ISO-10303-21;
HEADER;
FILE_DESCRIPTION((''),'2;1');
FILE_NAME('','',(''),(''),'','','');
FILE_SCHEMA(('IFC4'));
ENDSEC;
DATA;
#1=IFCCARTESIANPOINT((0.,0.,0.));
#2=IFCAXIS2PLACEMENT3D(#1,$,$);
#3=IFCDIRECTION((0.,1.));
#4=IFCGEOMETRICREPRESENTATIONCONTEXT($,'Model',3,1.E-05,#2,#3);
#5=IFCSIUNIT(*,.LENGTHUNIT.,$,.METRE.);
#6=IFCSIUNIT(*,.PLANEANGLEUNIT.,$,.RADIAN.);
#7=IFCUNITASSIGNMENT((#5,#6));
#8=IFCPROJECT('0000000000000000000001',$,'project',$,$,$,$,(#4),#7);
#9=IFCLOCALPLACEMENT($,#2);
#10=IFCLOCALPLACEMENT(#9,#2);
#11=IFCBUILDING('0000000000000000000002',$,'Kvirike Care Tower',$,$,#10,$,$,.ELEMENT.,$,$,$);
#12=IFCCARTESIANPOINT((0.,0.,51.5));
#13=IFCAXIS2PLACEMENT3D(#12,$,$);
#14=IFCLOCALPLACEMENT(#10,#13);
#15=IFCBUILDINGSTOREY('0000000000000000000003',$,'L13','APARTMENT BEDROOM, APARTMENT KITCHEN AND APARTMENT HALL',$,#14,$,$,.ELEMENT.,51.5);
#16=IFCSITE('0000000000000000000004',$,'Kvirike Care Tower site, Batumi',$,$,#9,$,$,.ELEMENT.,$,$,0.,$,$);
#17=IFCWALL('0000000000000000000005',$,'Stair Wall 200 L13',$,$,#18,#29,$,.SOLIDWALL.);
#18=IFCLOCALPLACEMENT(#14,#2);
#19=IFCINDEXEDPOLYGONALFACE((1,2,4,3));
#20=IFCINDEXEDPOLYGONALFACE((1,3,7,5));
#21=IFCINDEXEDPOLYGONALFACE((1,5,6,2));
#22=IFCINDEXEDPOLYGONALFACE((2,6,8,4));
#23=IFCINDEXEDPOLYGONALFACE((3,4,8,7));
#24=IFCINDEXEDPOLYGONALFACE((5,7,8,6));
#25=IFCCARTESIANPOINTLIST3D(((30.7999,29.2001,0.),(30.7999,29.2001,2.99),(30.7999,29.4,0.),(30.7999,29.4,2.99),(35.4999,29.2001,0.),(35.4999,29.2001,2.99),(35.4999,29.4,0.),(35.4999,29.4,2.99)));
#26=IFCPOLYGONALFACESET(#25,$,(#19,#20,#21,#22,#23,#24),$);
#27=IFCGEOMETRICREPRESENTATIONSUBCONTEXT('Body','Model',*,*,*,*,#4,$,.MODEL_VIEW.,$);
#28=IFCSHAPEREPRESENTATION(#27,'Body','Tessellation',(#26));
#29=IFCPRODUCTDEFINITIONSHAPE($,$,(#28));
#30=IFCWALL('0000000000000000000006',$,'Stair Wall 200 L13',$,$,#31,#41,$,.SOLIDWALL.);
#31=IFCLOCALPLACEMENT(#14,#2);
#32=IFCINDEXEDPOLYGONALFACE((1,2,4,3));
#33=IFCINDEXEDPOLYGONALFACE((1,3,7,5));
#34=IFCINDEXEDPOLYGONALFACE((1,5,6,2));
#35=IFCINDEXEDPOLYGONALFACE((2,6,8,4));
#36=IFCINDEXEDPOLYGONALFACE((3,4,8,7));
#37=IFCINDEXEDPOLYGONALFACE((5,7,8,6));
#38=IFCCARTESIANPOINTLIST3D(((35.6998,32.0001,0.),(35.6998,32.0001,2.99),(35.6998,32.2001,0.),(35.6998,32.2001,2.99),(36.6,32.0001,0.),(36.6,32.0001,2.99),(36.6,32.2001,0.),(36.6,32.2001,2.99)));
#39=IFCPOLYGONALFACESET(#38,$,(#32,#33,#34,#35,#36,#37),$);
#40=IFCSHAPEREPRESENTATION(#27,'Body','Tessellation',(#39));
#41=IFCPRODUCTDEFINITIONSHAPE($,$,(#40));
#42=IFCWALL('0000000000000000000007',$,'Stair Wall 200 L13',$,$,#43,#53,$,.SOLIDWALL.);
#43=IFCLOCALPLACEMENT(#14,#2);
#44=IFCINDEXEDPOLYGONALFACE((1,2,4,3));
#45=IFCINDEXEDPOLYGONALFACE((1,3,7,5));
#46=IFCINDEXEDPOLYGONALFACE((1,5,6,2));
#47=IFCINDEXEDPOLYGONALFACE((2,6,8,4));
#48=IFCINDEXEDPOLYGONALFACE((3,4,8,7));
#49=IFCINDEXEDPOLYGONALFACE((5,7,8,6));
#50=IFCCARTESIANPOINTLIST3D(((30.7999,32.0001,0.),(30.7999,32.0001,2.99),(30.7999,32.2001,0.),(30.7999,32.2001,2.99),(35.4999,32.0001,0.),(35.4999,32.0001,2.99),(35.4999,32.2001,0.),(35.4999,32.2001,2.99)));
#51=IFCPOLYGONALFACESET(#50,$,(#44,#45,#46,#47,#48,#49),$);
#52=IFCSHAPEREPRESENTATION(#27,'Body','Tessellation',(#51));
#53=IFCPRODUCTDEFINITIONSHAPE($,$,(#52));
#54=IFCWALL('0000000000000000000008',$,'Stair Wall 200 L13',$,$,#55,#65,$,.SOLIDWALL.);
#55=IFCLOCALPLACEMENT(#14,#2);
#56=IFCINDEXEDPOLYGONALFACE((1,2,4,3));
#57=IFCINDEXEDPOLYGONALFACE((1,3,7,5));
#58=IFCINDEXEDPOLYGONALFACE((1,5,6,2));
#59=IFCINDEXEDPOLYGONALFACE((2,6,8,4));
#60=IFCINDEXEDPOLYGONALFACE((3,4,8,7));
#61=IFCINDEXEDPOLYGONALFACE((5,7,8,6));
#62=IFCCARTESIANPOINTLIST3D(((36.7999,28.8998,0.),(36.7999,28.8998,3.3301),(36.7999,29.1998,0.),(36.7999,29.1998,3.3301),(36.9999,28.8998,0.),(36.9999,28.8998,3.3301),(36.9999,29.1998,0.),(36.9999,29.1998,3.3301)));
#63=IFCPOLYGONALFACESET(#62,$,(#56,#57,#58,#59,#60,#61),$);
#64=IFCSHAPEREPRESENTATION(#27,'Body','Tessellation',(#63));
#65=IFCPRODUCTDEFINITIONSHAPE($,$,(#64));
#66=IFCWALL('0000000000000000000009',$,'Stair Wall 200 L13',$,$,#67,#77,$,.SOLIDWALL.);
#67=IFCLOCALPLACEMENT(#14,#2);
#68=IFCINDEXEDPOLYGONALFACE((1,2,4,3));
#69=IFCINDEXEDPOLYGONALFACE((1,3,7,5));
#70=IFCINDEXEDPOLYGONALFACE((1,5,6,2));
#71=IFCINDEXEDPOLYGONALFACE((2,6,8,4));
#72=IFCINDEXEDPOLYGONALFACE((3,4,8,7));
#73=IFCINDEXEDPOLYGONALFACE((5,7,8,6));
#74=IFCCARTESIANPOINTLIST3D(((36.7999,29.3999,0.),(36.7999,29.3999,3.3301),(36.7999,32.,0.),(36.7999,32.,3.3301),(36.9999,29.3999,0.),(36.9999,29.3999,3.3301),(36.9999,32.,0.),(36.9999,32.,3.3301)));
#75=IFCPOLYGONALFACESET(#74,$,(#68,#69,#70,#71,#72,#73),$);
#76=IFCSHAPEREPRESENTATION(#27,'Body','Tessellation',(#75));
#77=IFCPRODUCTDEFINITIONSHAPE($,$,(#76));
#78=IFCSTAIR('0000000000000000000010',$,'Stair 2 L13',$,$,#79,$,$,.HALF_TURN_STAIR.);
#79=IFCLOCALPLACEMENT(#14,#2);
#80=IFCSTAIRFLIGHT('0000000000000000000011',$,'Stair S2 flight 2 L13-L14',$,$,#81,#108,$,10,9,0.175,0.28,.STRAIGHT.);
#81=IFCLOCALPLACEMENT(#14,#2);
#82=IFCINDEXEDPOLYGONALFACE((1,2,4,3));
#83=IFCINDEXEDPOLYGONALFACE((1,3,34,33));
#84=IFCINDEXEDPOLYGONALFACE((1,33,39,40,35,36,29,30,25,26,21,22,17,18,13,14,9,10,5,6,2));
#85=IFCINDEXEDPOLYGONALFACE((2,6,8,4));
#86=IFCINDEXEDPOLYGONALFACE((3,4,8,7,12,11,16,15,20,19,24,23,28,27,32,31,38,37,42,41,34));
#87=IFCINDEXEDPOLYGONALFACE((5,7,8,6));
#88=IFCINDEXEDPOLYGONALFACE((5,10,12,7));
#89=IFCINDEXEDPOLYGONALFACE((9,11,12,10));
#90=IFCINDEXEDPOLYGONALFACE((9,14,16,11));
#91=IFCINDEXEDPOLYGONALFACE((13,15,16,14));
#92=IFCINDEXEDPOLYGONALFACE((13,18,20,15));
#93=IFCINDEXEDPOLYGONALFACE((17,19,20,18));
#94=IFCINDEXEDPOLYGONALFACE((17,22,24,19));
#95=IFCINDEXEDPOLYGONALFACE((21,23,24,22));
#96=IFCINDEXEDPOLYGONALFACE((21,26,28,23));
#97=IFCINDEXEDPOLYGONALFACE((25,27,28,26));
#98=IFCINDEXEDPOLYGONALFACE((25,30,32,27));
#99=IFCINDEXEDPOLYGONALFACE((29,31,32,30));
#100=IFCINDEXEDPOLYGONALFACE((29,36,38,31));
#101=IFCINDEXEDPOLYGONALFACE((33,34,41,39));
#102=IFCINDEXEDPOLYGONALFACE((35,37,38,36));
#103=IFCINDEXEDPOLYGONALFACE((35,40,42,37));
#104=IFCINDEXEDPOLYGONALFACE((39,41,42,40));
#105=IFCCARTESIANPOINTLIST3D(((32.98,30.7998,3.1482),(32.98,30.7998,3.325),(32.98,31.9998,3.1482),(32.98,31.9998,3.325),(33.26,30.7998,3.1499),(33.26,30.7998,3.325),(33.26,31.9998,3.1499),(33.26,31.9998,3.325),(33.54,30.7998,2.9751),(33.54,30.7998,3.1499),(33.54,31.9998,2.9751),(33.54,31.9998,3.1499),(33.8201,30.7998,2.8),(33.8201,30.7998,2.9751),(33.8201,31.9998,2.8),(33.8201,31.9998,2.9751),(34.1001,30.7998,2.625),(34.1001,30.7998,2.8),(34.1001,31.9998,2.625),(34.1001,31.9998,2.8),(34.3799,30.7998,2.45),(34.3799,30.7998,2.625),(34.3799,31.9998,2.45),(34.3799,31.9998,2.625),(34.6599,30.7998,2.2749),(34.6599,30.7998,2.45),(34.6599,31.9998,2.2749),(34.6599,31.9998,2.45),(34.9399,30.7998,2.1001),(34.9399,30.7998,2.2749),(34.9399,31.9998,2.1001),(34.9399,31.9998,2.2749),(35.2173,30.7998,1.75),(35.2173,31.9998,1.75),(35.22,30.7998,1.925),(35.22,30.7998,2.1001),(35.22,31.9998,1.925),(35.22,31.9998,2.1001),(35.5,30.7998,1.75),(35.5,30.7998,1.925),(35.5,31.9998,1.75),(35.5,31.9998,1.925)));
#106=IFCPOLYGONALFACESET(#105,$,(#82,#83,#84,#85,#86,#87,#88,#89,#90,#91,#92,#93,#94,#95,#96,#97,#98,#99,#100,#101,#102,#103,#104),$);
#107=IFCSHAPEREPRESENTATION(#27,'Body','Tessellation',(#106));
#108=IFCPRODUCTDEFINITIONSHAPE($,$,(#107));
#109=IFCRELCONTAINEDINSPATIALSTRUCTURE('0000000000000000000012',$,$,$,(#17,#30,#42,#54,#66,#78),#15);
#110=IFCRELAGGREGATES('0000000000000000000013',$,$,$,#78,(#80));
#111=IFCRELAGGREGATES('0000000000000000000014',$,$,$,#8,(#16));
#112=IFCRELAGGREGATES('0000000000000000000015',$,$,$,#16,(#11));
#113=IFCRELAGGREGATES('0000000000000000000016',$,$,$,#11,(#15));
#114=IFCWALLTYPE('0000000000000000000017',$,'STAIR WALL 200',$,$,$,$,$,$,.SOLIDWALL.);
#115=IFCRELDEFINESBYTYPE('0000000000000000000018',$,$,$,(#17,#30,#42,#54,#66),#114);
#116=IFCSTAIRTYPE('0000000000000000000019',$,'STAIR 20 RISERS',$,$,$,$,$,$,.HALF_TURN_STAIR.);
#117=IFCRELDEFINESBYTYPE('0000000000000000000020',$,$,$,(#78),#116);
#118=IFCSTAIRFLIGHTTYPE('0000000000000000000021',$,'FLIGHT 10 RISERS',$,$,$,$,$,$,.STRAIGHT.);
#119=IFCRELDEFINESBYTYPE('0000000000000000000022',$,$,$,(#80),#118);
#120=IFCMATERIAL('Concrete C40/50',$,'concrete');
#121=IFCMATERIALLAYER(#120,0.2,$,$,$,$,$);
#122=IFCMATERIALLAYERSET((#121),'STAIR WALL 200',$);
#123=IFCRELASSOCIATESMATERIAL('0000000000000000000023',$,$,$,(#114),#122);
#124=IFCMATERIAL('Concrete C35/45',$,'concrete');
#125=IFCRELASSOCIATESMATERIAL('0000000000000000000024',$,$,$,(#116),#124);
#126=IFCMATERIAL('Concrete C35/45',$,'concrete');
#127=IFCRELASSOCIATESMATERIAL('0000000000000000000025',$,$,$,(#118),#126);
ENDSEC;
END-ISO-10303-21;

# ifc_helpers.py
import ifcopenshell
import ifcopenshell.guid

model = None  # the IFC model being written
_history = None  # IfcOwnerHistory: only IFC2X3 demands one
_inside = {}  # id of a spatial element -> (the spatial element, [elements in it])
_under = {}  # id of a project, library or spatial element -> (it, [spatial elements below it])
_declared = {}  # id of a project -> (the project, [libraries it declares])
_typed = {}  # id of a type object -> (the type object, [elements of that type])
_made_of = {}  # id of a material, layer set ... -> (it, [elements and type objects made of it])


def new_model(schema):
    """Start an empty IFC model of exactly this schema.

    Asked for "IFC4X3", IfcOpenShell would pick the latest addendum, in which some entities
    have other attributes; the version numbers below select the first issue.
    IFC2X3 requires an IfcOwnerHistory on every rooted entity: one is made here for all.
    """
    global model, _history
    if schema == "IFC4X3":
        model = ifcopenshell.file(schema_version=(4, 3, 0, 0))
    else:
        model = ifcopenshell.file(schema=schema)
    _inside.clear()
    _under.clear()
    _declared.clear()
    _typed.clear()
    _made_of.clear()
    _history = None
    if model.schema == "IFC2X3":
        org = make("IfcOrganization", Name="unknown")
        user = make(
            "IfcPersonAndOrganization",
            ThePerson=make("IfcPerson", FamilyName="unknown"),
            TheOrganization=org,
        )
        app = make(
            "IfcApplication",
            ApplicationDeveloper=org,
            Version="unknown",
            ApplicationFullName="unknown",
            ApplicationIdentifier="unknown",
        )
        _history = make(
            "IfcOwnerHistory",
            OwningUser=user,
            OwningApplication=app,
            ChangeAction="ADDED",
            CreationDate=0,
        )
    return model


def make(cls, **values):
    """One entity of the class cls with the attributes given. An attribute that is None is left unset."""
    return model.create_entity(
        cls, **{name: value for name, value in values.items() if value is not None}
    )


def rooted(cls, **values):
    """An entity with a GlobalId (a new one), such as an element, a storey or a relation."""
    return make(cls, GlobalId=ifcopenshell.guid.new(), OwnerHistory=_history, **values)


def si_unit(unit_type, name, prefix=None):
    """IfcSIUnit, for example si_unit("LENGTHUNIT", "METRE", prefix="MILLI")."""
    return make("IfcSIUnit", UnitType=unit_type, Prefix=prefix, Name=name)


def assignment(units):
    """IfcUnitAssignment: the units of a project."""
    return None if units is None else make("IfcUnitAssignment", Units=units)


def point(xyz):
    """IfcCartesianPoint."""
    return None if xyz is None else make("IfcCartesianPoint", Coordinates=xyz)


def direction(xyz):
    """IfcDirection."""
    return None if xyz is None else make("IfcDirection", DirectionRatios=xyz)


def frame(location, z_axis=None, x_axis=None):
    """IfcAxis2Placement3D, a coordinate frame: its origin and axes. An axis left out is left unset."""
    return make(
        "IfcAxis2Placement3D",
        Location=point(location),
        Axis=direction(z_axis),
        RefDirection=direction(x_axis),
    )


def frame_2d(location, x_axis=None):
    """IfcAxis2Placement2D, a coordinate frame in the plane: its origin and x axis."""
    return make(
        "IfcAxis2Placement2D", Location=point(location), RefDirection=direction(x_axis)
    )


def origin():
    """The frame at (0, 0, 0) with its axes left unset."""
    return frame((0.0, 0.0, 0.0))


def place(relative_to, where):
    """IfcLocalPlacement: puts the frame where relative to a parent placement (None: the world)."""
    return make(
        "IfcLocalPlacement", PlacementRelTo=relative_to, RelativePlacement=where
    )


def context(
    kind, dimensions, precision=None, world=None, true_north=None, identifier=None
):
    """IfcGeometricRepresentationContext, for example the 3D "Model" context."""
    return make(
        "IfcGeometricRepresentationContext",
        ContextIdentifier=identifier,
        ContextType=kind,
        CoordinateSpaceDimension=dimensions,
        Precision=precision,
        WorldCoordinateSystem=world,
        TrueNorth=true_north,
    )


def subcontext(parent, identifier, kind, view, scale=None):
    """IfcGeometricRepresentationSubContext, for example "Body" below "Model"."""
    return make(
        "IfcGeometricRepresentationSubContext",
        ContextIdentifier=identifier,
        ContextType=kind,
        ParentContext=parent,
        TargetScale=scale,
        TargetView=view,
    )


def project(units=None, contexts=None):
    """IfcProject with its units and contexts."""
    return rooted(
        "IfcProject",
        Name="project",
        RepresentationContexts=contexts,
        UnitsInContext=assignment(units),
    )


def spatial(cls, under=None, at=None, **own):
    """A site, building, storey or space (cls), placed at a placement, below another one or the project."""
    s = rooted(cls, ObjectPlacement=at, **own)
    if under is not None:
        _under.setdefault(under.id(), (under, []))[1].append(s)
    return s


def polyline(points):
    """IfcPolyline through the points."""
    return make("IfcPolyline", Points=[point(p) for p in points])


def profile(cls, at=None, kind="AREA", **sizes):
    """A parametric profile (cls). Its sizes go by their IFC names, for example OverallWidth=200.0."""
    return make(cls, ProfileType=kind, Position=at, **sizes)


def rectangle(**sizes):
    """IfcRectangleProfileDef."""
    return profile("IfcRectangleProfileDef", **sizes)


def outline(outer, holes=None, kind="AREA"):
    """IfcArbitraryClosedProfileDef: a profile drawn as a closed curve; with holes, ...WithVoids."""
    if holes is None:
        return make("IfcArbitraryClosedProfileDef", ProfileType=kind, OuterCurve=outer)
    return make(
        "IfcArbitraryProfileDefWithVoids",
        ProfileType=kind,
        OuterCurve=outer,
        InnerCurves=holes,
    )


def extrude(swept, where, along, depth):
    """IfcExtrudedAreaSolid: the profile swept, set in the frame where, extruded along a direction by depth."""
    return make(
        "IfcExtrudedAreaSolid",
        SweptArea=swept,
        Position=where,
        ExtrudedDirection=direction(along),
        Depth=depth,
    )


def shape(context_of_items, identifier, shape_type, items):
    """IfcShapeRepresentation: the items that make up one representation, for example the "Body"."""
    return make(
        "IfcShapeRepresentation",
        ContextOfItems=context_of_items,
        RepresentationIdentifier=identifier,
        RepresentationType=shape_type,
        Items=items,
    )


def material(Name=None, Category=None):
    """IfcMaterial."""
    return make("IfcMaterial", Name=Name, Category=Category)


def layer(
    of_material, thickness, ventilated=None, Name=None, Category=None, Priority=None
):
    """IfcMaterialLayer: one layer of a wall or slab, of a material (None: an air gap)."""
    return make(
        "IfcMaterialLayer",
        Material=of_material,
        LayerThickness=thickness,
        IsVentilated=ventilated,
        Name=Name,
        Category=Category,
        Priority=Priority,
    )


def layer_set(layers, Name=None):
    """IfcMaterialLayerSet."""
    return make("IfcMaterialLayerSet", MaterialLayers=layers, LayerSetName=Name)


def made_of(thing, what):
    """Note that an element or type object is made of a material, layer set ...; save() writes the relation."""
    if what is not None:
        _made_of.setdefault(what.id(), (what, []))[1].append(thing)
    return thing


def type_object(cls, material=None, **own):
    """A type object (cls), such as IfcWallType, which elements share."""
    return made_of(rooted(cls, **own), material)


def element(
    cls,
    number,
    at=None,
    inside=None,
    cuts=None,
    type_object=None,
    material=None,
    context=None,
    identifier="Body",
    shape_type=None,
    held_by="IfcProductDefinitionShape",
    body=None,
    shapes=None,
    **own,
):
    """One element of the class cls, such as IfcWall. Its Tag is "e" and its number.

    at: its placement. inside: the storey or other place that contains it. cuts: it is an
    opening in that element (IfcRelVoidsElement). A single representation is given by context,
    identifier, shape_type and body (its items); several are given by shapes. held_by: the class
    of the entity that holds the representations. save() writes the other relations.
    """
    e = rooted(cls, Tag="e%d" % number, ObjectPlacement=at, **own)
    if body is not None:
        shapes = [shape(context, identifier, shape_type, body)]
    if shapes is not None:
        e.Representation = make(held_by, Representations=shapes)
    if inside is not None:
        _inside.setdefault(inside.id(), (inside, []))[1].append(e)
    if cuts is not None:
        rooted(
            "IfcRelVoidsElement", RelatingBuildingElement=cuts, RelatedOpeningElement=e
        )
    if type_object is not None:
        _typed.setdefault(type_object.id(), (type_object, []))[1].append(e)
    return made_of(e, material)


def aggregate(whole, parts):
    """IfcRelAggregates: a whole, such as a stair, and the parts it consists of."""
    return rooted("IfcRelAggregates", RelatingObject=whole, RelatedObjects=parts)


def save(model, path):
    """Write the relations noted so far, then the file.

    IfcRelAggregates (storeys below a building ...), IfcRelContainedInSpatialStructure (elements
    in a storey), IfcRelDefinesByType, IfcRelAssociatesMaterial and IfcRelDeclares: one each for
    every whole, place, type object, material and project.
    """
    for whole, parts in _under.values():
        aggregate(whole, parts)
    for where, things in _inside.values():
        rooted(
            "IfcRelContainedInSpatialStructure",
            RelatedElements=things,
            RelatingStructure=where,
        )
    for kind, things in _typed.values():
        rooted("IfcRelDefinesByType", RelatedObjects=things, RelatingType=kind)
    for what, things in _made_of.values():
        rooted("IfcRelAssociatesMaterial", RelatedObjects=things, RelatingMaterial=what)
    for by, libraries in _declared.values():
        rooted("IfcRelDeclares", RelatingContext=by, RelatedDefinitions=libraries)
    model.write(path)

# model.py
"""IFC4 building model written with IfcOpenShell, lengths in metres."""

from ifc_helpers import new_model, si_unit, direction, frame, frame_2d, origin, place, context, subcontext, project, spatial, polyline, rectangle, outline, extrude, material, layer, layer_set, type_object, element, aggregate, save


model = new_model("IFC4")

# Units and contexts
model_context = context("Model", 3, precision=1e-05, world=origin(), true_north=direction((0.0, 1.0)))
body_context = subcontext(model_context, "Body", "Model", "MODEL_VIEW")
ifc_project = project(units=[si_unit("LENGTHUNIT", "METRE"), si_unit("PLANEANGLEUNIT", "RADIAN")], contexts=[model_context])

# Site, building, storey
site_placement = place(None, origin())
site = spatial("IfcSite", under=ifc_project, at=site_placement, Name="Kvirike Care Tower site, Batumi", CompositionType="ELEMENT", RefElevation=0.0)
building_placement = place(site_placement, origin())
building = spatial("IfcBuilding", under=site, at=building_placement, Name="Kvirike Care Tower", CompositionType="ELEMENT")
storey_placement = place(building_placement, frame((0.0, 0.0, 51.5)))
storey = spatial("IfcBuildingStorey", under=building, at=storey_placement, Name="L13", Description="APARTMENT BEDROOM, APARTMENT KITCHEN AND APARTMENT HALL", CompositionType="ELEMENT", Elevation=51.5)

# Walls
ifc_material_1 = material(Name="Concrete C40/50", Category="concrete")
ifc_layer_1 = layer(ifc_material_1, 0.2)
ifc_layer_set_1 = layer_set([ifc_layer_1], Name="STAIR WALL 200")
wall_type_1 = type_object("IfcWallType", Name="STAIR WALL 200", PredefinedType="SOLIDWALL", material=ifc_layer_set_1)
wall_1_placement = place(storey_placement, frame((35.5, 29.3, 0.0), z_axis=(0.0, 0.0, 1.0), x_axis=(-1.0, 0.0, 0.0)))
element("IfcWall", 1, at=wall_1_placement, inside=storey, type_object=wall_type_1, Name="Stair Wall 200 L13", PredefinedType="SOLIDWALL", context=body_context, shape_type="SweptSolid", body=[
    extrude(rectangle(XDim=4.7, YDim=0.2, at=frame_2d((2.3501, 0.0))), origin(), (0.0, 0.0, 1.0), 2.99),
])
wall_2_placement = place(storey_placement, frame((36.6001, 32.1001, 0.0), z_axis=(0.0, 0.0, 1.0), x_axis=(-1.0, 0.0, 0.0)))
element("IfcWall", 2, at=wall_2_placement, inside=storey, type_object=wall_type_1, Name="Stair Wall 200 L13", PredefinedType="SOLIDWALL", context=body_context, shape_type="SweptSolid", body=[
    extrude(rectangle(XDim=0.9001, YDim=0.2, at=frame_2d((0.4502, 0.0))), origin(), (0.0, 0.0, 1.0), 2.99),
])
wall_3_placement = place(storey_placement, frame((35.5, 32.1001, 0.0), z_axis=(0.0, 0.0, 1.0), x_axis=(-1.0, 0.0, 0.0)))
element("IfcWall", 3, at=wall_3_placement, inside=storey, type_object=wall_type_1, Name="Stair Wall 200 L13", PredefinedType="SOLIDWALL", context=body_context, shape_type="SweptSolid", body=[
    extrude(rectangle(XDim=4.7, YDim=0.2, at=frame_2d((2.3501, 0.0))), origin(), (0.0, 0.0, 1.0), 2.99),
])
wall_4_placement = place(storey_placement, frame((36.8999, 28.8999, 0.0), z_axis=(0.0, 0.0, 1.0), x_axis=(0.0, 1.0, 0.0)))
element("IfcWall", 4, at=wall_4_placement, inside=storey, type_object=wall_type_1, Name="Stair Wall 200 L13", PredefinedType="SOLIDWALL", context=body_context, shape_type="SweptSolid", body=[
    extrude(rectangle(XDim=0.3, YDim=0.2, at=frame_2d((0.1499, 0.0))), origin(), (0.0, 0.0, 1.0), 3.3301),
])
wall_5_placement = place(storey_placement, frame((36.8999, 29.3999, 0.0), z_axis=(0.0, 0.0, 1.0), x_axis=(0.0, 1.0, 0.0)))
element("IfcWall", 5, at=wall_5_placement, inside=storey, type_object=wall_type_1, Name="Stair Wall 200 L13", PredefinedType="SOLIDWALL", context=body_context, shape_type="SweptSolid", body=[
    extrude(rectangle(XDim=2.6001, YDim=0.2, at=frame_2d((1.3, 0.0))), origin(), (0.0, 0.0, 1.0), 3.3301),
])

# Stair, stair flight
ifc_material_2 = material(Name="Concrete C35/45", Category="concrete")
stair_type = type_object("IfcStairType", Name="STAIR 20 RISERS", PredefinedType="HALF_TURN_STAIR", material=ifc_material_2)
stair_placement = place(storey_placement, origin())
stair = element("IfcStair", 6, at=stair_placement, inside=storey, type_object=stair_type, Name="Stair 2 L13", PredefinedType="HALF_TURN_STAIR")
ifc_material_3 = material(Name="Concrete C35/45", Category="concrete")
stair_flight_type = type_object("IfcStairFlightType", Name="FLIGHT 10 RISERS", PredefinedType="STRAIGHT", material=ifc_material_3)
stair_flight_placement = place(storey_placement, frame((35.5, 31.3999, 1.75), z_axis=(0.0, 0.0, 1.0), x_axis=(-1.0, 0.0, 0.0)))
stair_flight = element("IfcStairFlight", 7, at=stair_flight_placement, type_object=stair_flight_type, Name="Stair S2 flight 2 L13-L14", NumberOfRisers=10, NumberOfTreads=9, PredefinedType="STRAIGHT", RiserHeight=0.175, TreadLength=0.28, context=body_context, shape_type="SweptSolid", body=[
    extrude(outline(polyline([(0.0, 0.0), (0.0, 0.175), (0.28, 0.175), (0.28, 0.3501), (0.5601, 0.3501), (0.5601, 0.5249), (0.8401, 0.5249), (0.8401, 0.7), (1.1201, 0.7), (1.1201, 0.875), (1.3999, 0.875), (1.3999, 1.05), (1.6799, 1.05), (1.6799, 1.2251), (1.96, 1.2251), (1.96, 1.3999), (2.24, 1.3999), (2.24, 1.575), (2.52, 1.575), (2.52, 1.75), (2.52, 1.3982), (0.2827, 0.0), (0.0, 0.0)])), frame((0.0, 0.6001, 0.0), z_axis=(0.0, -1.0, 0.0), x_axis=(1.0, 0.0, 0.0)), (0.0, 0.0, 1.0), 1.2),
])
aggregate(stair, [stair_flight])

save(model, "model.ifc")
